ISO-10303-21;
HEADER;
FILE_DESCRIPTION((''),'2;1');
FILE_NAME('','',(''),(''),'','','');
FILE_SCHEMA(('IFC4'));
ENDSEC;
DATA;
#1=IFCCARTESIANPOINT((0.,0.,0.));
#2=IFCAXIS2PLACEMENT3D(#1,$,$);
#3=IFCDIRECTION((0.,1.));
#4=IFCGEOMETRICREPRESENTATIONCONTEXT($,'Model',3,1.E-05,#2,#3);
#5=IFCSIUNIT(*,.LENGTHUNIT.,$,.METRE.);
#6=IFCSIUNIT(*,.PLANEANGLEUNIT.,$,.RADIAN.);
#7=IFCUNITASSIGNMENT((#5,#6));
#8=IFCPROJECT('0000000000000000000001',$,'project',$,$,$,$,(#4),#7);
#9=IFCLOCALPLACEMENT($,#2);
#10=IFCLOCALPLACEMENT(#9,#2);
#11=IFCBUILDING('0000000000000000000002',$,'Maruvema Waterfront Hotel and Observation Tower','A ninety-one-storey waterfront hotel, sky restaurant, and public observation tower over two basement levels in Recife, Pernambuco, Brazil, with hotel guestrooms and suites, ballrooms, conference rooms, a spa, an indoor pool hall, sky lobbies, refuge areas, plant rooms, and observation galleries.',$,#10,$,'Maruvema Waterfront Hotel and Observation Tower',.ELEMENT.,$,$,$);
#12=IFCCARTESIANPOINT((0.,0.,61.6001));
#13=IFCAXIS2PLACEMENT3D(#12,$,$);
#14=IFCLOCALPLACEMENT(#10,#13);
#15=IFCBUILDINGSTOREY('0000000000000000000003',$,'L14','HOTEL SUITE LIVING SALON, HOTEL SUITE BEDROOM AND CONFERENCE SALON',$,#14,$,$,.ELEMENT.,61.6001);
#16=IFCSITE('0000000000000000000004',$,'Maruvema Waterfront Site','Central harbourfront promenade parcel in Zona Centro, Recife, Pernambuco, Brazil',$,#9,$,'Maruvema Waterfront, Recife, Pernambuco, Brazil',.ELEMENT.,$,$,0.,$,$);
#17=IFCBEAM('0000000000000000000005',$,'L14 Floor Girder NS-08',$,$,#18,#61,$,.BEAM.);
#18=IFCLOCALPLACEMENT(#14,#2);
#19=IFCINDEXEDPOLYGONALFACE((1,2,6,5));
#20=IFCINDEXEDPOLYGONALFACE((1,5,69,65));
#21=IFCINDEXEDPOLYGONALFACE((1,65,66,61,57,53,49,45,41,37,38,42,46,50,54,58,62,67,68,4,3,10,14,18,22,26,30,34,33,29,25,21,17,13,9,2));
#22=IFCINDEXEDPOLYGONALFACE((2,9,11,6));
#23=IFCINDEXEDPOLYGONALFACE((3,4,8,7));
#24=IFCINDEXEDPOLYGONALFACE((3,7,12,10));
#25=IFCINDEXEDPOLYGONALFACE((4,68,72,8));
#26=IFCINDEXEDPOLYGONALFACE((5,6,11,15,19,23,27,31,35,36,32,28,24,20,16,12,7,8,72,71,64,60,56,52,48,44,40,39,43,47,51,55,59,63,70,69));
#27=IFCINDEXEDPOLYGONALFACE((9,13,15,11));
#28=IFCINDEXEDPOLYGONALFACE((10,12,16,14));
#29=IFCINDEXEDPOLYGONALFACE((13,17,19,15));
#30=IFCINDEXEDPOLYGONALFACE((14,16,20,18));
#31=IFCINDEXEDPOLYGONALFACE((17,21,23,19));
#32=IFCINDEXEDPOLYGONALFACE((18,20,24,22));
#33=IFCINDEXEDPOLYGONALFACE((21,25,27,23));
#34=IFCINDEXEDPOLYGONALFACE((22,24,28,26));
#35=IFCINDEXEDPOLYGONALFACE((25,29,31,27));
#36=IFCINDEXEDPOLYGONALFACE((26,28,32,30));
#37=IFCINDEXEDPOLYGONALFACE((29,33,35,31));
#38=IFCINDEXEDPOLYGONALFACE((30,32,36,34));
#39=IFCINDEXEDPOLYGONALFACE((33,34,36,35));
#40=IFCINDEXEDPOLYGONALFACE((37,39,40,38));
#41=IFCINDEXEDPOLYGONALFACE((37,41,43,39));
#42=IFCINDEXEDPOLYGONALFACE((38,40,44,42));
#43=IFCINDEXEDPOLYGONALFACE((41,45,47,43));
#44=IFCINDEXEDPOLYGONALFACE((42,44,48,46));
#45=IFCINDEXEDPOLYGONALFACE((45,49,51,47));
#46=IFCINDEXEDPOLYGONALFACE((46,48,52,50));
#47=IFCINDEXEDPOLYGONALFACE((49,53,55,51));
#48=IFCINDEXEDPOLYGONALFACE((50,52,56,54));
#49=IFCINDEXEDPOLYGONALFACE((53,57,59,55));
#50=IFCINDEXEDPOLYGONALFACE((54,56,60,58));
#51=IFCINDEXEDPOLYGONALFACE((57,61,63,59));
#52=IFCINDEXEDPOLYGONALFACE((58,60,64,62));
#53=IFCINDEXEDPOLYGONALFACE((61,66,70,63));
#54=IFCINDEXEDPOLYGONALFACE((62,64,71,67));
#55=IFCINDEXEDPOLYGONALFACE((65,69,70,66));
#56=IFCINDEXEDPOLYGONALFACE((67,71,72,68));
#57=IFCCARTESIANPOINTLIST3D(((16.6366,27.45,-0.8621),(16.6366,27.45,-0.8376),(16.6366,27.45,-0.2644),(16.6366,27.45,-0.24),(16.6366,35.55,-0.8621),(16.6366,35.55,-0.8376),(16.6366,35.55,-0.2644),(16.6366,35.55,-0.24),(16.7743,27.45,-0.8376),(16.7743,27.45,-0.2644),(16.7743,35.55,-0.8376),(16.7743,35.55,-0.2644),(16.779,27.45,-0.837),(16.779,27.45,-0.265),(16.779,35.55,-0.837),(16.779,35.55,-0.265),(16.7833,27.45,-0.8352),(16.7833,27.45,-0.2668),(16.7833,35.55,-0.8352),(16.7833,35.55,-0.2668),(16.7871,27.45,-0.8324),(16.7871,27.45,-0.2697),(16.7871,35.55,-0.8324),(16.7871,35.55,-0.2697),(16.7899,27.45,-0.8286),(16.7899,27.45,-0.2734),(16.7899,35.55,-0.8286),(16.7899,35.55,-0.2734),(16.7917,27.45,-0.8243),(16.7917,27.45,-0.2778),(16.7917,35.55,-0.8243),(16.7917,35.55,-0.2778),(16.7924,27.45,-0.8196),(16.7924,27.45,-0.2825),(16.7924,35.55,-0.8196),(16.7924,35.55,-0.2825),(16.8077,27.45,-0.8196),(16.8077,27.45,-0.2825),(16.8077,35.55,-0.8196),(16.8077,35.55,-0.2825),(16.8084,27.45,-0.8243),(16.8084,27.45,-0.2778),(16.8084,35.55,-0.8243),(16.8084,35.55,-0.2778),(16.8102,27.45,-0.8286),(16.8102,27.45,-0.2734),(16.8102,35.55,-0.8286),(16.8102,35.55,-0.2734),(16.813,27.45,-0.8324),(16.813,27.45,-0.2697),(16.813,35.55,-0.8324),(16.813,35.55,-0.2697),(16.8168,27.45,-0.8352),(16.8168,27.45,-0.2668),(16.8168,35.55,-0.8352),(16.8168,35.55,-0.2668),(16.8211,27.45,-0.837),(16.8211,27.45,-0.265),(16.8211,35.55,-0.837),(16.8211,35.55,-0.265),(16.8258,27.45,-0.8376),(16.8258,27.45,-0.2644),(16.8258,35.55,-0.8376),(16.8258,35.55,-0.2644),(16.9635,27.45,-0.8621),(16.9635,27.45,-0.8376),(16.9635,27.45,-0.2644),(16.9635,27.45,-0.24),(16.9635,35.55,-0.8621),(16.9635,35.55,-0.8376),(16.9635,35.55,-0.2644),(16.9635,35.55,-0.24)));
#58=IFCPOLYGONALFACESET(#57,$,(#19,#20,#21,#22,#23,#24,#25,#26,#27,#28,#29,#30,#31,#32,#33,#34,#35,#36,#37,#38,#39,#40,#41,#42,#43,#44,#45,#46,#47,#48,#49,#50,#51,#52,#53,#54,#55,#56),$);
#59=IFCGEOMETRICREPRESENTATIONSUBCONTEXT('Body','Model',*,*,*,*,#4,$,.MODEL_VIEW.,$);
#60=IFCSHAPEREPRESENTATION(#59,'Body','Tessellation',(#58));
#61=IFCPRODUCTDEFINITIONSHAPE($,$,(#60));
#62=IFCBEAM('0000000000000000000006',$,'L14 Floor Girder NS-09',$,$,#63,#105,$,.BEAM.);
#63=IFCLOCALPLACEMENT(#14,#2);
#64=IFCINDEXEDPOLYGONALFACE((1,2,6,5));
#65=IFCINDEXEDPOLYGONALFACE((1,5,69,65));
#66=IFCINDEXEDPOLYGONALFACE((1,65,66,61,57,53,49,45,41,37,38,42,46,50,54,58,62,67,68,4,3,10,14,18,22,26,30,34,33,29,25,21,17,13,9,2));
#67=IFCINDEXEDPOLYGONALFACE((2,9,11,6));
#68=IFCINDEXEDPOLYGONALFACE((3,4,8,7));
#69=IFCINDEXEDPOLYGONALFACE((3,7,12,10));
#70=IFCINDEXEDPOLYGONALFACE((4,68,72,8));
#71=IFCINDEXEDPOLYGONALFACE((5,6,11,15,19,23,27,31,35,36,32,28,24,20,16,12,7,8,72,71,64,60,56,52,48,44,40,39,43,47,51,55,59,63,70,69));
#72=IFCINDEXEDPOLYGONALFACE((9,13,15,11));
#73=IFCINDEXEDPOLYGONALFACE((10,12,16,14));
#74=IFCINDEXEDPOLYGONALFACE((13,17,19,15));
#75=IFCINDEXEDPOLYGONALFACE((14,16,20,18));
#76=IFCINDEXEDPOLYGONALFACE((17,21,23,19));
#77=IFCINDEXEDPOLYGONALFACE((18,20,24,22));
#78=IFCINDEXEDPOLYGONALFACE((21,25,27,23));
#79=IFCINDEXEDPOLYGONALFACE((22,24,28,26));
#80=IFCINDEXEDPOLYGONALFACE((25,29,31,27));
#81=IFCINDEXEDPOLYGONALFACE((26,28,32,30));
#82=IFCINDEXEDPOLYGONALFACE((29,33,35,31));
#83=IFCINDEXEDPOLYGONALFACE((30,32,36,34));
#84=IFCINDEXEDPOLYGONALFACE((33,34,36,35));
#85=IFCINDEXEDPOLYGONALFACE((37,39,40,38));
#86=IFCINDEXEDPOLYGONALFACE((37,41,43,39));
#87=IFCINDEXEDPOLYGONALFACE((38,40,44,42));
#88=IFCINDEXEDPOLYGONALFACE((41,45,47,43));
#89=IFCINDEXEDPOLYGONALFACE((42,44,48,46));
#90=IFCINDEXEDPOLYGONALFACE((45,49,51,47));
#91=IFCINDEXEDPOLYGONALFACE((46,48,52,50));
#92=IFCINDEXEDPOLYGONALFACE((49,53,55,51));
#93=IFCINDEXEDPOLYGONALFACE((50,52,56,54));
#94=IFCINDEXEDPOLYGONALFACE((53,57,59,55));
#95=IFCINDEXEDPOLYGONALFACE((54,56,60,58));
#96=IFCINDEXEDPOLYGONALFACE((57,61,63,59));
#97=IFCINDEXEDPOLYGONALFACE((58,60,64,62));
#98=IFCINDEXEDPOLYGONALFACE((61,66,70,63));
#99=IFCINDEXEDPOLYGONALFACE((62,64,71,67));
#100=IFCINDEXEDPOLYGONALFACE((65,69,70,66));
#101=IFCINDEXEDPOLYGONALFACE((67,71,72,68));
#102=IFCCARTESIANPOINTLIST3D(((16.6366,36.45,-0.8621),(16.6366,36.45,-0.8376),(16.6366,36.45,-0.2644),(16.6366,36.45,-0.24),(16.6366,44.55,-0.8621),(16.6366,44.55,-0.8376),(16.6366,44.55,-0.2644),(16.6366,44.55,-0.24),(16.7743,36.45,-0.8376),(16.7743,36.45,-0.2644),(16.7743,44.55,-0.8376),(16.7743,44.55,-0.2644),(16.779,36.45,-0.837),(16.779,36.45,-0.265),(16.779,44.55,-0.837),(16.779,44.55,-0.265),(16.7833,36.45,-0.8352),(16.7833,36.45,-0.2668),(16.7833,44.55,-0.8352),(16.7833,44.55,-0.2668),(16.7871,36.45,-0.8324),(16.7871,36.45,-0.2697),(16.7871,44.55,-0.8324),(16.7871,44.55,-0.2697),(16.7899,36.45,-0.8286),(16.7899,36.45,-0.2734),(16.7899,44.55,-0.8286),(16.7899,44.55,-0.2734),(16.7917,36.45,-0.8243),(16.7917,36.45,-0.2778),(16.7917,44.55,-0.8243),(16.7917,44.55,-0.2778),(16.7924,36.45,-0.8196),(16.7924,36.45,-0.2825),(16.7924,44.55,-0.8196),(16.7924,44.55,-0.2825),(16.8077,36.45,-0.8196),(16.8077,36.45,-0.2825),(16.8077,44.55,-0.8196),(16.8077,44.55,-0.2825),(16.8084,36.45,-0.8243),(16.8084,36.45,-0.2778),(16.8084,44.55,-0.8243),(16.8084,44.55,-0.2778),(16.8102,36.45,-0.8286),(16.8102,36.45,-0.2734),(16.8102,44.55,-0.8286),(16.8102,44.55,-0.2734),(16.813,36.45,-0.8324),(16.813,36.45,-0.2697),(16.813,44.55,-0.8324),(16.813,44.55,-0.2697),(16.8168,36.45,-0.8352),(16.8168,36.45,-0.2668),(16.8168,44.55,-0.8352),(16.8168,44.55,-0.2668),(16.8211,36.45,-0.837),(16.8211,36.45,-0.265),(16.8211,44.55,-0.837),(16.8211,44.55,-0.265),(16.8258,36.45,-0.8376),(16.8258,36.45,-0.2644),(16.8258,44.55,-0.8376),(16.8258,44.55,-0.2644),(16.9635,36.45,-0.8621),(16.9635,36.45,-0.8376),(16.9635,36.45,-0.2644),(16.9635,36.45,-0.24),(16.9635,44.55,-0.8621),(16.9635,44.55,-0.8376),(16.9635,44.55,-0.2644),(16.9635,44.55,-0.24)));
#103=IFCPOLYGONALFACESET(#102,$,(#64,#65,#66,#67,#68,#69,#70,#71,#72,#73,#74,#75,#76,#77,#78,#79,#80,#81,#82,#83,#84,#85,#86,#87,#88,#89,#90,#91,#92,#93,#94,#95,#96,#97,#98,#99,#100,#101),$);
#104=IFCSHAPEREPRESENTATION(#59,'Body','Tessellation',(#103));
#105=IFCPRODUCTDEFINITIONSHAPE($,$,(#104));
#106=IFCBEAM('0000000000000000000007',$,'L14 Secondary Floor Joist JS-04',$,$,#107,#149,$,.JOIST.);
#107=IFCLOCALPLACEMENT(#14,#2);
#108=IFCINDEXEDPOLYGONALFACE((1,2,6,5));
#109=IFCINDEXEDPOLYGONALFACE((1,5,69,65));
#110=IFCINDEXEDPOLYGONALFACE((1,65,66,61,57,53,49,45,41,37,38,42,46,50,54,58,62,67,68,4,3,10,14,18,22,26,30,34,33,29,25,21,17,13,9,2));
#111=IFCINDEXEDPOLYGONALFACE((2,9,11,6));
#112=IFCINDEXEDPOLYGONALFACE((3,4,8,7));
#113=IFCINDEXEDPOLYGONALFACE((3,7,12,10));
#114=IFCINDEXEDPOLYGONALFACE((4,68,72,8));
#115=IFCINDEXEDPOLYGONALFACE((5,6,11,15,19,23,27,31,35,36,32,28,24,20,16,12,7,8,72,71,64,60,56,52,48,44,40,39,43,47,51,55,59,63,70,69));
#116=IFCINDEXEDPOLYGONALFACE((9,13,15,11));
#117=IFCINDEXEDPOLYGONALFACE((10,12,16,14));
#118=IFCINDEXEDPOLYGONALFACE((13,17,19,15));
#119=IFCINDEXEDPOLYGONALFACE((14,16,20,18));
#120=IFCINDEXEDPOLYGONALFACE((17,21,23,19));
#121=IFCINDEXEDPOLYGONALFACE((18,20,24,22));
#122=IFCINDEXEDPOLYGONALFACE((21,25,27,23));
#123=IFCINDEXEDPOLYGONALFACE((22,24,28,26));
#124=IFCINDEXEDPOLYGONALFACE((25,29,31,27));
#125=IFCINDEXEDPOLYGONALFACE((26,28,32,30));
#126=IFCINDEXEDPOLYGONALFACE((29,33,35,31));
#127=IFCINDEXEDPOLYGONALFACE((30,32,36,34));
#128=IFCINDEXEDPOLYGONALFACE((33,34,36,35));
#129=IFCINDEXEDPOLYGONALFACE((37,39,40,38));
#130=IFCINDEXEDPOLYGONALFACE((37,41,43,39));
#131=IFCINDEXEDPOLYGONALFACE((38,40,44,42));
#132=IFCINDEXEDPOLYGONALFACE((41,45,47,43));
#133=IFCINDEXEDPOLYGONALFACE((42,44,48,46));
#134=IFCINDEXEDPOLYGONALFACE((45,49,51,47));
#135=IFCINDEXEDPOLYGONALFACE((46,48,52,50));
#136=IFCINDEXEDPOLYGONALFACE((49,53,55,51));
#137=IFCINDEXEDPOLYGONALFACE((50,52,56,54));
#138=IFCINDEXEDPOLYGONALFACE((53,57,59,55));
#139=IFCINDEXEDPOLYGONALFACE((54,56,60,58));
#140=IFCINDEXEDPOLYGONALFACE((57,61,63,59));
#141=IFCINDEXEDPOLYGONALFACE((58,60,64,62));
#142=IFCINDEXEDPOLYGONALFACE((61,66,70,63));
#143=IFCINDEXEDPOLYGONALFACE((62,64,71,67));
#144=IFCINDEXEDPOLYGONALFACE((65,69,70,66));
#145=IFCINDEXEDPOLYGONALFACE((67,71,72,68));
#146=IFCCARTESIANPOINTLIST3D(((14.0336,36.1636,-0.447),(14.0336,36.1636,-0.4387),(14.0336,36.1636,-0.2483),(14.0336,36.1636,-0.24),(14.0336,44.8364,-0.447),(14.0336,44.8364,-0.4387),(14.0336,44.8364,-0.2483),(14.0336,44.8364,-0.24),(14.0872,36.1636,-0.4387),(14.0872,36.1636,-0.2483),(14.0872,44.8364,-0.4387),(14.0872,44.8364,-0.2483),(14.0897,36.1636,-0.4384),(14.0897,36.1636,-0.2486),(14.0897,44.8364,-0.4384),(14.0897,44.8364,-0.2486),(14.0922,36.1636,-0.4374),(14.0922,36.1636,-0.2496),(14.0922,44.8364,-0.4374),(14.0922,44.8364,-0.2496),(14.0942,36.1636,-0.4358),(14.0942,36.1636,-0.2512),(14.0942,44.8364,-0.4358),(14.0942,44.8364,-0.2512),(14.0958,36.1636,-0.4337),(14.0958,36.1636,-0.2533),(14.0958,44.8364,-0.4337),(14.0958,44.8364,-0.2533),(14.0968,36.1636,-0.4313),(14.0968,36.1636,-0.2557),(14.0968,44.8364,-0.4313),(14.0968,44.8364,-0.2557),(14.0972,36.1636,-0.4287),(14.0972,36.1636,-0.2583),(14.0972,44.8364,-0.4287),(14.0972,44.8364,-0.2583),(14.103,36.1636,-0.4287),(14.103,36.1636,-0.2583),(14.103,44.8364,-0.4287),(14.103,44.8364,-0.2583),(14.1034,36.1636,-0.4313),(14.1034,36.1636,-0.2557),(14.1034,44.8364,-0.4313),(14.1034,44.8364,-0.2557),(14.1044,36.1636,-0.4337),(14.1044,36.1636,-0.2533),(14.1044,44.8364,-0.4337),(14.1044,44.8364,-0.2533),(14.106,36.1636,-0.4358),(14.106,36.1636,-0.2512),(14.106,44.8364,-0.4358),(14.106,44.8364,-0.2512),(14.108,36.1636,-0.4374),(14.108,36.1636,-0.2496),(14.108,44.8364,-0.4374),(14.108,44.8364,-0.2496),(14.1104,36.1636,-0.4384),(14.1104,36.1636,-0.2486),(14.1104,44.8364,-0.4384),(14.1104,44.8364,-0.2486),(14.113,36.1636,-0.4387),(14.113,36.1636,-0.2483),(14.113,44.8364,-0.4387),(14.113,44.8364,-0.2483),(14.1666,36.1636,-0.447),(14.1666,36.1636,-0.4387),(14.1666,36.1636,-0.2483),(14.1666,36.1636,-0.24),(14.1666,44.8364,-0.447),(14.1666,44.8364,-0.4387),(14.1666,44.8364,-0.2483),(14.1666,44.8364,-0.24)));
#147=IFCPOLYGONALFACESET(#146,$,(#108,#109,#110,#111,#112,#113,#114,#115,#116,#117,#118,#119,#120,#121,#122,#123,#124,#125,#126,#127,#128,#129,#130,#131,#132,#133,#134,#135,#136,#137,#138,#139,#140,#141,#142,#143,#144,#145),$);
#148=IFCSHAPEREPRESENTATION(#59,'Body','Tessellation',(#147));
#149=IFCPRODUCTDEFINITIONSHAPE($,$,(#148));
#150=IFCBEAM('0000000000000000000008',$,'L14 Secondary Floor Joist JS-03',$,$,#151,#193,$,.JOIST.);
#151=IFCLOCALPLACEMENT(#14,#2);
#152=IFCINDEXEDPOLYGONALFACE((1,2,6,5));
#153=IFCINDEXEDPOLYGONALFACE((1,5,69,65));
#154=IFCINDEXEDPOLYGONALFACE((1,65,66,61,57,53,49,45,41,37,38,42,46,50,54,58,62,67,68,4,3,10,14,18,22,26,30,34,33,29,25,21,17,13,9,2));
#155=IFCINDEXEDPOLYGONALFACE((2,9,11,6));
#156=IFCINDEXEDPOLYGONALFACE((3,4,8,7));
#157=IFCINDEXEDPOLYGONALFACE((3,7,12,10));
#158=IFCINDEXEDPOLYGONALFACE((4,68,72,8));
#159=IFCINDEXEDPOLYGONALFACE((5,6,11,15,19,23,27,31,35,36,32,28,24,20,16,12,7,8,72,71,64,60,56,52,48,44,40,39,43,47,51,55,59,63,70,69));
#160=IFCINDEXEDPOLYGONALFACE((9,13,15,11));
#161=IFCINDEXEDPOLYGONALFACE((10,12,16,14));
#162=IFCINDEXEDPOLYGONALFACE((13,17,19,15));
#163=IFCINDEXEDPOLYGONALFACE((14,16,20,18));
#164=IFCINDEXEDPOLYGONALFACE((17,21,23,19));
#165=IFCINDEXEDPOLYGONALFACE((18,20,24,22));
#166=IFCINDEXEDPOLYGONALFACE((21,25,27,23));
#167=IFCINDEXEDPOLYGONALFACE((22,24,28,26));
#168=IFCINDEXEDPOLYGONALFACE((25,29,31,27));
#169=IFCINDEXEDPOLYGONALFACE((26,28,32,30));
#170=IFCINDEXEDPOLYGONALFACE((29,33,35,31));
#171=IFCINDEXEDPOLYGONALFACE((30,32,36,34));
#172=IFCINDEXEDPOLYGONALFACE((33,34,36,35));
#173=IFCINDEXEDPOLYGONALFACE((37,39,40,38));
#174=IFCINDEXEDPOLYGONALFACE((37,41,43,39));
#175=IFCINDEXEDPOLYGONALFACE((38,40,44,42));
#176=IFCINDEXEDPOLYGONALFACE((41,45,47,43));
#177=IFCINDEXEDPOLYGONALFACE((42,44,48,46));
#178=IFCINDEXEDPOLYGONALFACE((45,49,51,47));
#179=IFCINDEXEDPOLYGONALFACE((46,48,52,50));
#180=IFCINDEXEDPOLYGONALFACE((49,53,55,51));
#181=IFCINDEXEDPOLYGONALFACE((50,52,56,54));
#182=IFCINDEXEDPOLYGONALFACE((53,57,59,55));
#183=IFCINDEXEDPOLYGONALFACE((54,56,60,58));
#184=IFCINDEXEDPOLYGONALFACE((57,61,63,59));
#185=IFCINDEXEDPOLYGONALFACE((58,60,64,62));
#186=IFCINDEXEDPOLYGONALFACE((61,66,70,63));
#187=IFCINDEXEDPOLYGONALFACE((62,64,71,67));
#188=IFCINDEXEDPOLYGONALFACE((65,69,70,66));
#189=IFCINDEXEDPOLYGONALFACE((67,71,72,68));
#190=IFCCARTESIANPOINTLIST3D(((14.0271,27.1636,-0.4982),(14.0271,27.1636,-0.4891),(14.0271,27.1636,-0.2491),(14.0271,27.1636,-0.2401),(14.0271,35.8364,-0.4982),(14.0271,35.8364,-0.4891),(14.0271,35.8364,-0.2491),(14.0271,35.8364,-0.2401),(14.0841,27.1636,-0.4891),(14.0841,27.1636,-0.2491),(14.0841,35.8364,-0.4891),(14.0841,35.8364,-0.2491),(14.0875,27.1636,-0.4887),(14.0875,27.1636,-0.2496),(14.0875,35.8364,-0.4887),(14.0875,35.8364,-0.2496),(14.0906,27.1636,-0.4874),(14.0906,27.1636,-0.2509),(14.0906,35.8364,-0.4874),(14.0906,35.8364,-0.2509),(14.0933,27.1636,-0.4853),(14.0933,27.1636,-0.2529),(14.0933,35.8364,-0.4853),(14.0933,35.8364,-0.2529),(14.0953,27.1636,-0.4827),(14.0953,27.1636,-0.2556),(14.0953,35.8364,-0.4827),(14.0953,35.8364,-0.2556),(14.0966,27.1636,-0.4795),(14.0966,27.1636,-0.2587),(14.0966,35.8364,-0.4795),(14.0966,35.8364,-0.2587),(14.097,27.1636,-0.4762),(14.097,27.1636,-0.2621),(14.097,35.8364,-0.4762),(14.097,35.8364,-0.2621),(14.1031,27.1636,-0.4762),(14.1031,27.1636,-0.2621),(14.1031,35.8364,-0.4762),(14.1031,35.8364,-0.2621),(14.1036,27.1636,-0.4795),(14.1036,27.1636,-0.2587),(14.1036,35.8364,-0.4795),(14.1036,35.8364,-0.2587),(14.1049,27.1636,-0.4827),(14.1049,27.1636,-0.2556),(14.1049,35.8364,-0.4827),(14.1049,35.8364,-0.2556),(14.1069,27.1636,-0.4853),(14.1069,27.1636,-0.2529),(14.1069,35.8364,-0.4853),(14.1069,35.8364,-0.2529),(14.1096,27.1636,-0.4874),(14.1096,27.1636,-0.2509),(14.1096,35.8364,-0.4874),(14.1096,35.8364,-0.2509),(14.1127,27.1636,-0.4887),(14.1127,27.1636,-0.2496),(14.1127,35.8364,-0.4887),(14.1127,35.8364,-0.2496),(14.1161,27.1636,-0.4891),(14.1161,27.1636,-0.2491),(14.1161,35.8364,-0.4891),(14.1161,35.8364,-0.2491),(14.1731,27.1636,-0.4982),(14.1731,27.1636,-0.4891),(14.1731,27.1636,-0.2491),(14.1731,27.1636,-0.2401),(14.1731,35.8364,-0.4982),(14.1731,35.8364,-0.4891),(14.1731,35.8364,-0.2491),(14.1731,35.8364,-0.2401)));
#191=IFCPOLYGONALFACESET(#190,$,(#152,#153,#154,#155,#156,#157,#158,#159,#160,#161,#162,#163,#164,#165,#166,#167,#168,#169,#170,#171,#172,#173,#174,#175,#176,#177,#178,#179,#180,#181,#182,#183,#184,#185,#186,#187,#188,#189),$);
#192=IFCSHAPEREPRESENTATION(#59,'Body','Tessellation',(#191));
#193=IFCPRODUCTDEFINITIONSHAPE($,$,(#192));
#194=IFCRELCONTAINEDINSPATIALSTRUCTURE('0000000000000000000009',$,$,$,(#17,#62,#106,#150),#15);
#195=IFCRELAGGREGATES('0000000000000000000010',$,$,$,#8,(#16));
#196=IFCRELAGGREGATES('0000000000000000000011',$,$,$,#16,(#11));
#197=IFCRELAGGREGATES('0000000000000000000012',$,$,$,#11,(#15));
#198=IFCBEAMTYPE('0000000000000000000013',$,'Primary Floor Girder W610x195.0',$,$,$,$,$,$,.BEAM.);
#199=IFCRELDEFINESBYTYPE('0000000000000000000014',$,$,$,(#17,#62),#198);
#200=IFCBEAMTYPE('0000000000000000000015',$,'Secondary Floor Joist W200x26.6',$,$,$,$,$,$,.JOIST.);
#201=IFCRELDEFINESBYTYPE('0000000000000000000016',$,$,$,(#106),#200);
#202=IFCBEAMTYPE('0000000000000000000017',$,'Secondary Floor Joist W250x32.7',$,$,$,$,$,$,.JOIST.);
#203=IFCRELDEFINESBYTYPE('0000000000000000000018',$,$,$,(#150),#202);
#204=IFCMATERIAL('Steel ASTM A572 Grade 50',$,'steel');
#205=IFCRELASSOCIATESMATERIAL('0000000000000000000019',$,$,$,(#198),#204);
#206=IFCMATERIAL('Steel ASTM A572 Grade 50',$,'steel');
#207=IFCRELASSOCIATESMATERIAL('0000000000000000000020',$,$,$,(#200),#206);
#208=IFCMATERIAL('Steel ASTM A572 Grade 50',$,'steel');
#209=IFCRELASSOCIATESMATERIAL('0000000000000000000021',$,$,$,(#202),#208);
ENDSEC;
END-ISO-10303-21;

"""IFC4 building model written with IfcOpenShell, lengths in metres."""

from ifc_helpers import new_model, si_unit, direction, frame, origin, origin_2d, place, context, subcontext, project, spatial, i_section, extrude, material, material_profile, profile_set, type_object, element, save


model = new_model("IFC4")

# Units and contexts
model_context = context("Model", 3, precision=1e-05, world=origin(), true_north=direction((0.0, 1.0)))
body_context = subcontext(model_context, "Body", "Model", "MODEL_VIEW")
ifc_project = project(units=[si_unit("LENGTHUNIT", "METRE"), si_unit("PLANEANGLEUNIT", "RADIAN")], contexts=[model_context])

# Site, building, storey
site_placement = place(None, origin())
site = spatial("IfcSite", under=ifc_project, at=site_placement, Name="Maruvema Waterfront Site", Description="Central harbourfront promenade parcel in Zona Centro, Recife, Pernambuco, Brazil", LongName="Maruvema Waterfront, Recife, Pernambuco, Brazil", CompositionType="ELEMENT", RefElevation=0.0)
building_placement = place(site_placement, origin())
building = spatial("IfcBuilding", under=site, at=building_placement, Name="Maruvema Waterfront Hotel and Observation Tower", Description="A ninety-one-storey waterfront hotel, sky restaurant, and public observation tower over two basement levels in Recife, Pernambuco, Brazil, with hotel guestrooms and suites, ballrooms, conference rooms, a spa, an indoor pool hall, sky lobbies, refuge areas, plant rooms, and observation galleries.", LongName="Maruvema Waterfront Hotel and Observation Tower", CompositionType="ELEMENT")
storey_placement = place(building_placement, frame((0.0, 0.0, 61.6001)))
storey = spatial("IfcBuildingStorey", under=building, at=storey_placement, Name="L14", Description="HOTEL SUITE LIVING SALON, HOTEL SUITE BEDROOM AND CONFERENCE SALON", CompositionType="ELEMENT", Elevation=61.6001)

# Beams
ifc_material_1 = material(Name="Steel ASTM A572 Grade 50", Category="steel")
ifc_material_profile_1 = material_profile(ifc_material_1, i_section(OverallWidth=0.3269, OverallDepth=0.6221, WebThickness=0.0154, FlangeThickness=0.0244, FilletRadius=0.0181, at=origin_2d()), Name="W610x195.0")
ifc_profile_set_1 = profile_set([ifc_material_profile_1], Name="Steel ASTM A572 Grade 50")
beam_type_1 = type_object("IfcBeamType", Name="Primary Floor Girder W610x195.0", PredefinedType="BEAM", material=ifc_profile_set_1)
for number, where, z_axis, x_axis, name in (
    (1, (16.8, 27.45, -0.551), (0.0, 1.0, 0.0), (-1.0, 0.0, 0.0), "L14 Floor Girder NS-08"),
    (2, (16.8, 36.45, -0.551), (0.0, 1.0, 0.0), (-1.0, 0.0, 0.0), "L14 Floor Girder NS-09"),
):
    element("IfcBeam", number, at=place(storey_placement, frame(where, z_axis=z_axis, x_axis=x_axis)), inside=storey, type_object=beam_type_1, Name=name, PredefinedType="BEAM", context=body_context, shape_type="SweptSolid", body=[
        extrude(i_section(OverallWidth=0.3269, OverallDepth=0.6221, WebThickness=0.0154, FlangeThickness=0.0244, FilletRadius=0.0181, at=origin_2d()), origin(), (0.0, 0.0, 1.0), 8.1001),
    ])
ifc_material_2 = material(Name="Steel ASTM A572 Grade 50", Category="steel")
ifc_material_profile_2 = material_profile(ifc_material_2, i_section(OverallWidth=0.1331, OverallDepth=0.207, WebThickness=0.0059, FlangeThickness=0.0083, FilletRadius=0.01, at=origin_2d()), Name="W200x26.6")
ifc_profile_set_2 = profile_set([ifc_material_profile_2], Name="Steel ASTM A572 Grade 50")
beam_type_2 = type_object("IfcBeamType", Name="Secondary Floor Joist W200x26.6", PredefinedType="JOIST", material=ifc_profile_set_2)
beam_1_placement = place(storey_placement, frame((14.1001, 36.1636, -0.3435), z_axis=(0.0, 1.0, 0.0), x_axis=(-1.0, 0.0, 0.0)))
element("IfcBeam", 3, at=beam_1_placement, inside=storey, type_object=beam_type_2, Name="L14 Secondary Floor Joist JS-04", PredefinedType="JOIST", context=body_context, shape_type="SweptSolid", body=[
    extrude(i_section(OverallWidth=0.1331, OverallDepth=0.207, WebThickness=0.0059, FlangeThickness=0.0083, FilletRadius=0.01, at=origin_2d()), origin(), (0.0, 0.0, 1.0), 8.6729),
])
ifc_material_3 = material(Name="Steel ASTM A572 Grade 50", Category="steel")
ifc_material_profile_3 = material_profile(ifc_material_3, i_section(OverallWidth=0.146, OverallDepth=0.2581, WebThickness=0.0061, FlangeThickness=0.009, FilletRadius=0.0129, at=origin_2d()), Name="W250x32.7")
ifc_profile_set_3 = profile_set([ifc_material_profile_3], Name="Steel ASTM A572 Grade 50")
beam_type_3 = type_object("IfcBeamType", Name="Secondary Floor Joist W250x32.7", PredefinedType="JOIST", material=ifc_profile_set_3)
beam_2_placement = place(storey_placement, frame((14.1001, 27.1636, -0.3691), z_axis=(0.0, 1.0, 0.0), x_axis=(-1.0, 0.0, 0.0)))
element("IfcBeam", 4, at=beam_2_placement, inside=storey, type_object=beam_type_3, Name="L14 Secondary Floor Joist JS-03", PredefinedType="JOIST", context=body_context, shape_type="SweptSolid", body=[
    extrude(i_section(OverallWidth=0.146, OverallDepth=0.2581, WebThickness=0.0061, FlangeThickness=0.009, FilletRadius=0.0129, at=origin_2d()), origin(), (0.0, 0.0, 1.0), 8.6729),
])

save(model, "model.ifc")
